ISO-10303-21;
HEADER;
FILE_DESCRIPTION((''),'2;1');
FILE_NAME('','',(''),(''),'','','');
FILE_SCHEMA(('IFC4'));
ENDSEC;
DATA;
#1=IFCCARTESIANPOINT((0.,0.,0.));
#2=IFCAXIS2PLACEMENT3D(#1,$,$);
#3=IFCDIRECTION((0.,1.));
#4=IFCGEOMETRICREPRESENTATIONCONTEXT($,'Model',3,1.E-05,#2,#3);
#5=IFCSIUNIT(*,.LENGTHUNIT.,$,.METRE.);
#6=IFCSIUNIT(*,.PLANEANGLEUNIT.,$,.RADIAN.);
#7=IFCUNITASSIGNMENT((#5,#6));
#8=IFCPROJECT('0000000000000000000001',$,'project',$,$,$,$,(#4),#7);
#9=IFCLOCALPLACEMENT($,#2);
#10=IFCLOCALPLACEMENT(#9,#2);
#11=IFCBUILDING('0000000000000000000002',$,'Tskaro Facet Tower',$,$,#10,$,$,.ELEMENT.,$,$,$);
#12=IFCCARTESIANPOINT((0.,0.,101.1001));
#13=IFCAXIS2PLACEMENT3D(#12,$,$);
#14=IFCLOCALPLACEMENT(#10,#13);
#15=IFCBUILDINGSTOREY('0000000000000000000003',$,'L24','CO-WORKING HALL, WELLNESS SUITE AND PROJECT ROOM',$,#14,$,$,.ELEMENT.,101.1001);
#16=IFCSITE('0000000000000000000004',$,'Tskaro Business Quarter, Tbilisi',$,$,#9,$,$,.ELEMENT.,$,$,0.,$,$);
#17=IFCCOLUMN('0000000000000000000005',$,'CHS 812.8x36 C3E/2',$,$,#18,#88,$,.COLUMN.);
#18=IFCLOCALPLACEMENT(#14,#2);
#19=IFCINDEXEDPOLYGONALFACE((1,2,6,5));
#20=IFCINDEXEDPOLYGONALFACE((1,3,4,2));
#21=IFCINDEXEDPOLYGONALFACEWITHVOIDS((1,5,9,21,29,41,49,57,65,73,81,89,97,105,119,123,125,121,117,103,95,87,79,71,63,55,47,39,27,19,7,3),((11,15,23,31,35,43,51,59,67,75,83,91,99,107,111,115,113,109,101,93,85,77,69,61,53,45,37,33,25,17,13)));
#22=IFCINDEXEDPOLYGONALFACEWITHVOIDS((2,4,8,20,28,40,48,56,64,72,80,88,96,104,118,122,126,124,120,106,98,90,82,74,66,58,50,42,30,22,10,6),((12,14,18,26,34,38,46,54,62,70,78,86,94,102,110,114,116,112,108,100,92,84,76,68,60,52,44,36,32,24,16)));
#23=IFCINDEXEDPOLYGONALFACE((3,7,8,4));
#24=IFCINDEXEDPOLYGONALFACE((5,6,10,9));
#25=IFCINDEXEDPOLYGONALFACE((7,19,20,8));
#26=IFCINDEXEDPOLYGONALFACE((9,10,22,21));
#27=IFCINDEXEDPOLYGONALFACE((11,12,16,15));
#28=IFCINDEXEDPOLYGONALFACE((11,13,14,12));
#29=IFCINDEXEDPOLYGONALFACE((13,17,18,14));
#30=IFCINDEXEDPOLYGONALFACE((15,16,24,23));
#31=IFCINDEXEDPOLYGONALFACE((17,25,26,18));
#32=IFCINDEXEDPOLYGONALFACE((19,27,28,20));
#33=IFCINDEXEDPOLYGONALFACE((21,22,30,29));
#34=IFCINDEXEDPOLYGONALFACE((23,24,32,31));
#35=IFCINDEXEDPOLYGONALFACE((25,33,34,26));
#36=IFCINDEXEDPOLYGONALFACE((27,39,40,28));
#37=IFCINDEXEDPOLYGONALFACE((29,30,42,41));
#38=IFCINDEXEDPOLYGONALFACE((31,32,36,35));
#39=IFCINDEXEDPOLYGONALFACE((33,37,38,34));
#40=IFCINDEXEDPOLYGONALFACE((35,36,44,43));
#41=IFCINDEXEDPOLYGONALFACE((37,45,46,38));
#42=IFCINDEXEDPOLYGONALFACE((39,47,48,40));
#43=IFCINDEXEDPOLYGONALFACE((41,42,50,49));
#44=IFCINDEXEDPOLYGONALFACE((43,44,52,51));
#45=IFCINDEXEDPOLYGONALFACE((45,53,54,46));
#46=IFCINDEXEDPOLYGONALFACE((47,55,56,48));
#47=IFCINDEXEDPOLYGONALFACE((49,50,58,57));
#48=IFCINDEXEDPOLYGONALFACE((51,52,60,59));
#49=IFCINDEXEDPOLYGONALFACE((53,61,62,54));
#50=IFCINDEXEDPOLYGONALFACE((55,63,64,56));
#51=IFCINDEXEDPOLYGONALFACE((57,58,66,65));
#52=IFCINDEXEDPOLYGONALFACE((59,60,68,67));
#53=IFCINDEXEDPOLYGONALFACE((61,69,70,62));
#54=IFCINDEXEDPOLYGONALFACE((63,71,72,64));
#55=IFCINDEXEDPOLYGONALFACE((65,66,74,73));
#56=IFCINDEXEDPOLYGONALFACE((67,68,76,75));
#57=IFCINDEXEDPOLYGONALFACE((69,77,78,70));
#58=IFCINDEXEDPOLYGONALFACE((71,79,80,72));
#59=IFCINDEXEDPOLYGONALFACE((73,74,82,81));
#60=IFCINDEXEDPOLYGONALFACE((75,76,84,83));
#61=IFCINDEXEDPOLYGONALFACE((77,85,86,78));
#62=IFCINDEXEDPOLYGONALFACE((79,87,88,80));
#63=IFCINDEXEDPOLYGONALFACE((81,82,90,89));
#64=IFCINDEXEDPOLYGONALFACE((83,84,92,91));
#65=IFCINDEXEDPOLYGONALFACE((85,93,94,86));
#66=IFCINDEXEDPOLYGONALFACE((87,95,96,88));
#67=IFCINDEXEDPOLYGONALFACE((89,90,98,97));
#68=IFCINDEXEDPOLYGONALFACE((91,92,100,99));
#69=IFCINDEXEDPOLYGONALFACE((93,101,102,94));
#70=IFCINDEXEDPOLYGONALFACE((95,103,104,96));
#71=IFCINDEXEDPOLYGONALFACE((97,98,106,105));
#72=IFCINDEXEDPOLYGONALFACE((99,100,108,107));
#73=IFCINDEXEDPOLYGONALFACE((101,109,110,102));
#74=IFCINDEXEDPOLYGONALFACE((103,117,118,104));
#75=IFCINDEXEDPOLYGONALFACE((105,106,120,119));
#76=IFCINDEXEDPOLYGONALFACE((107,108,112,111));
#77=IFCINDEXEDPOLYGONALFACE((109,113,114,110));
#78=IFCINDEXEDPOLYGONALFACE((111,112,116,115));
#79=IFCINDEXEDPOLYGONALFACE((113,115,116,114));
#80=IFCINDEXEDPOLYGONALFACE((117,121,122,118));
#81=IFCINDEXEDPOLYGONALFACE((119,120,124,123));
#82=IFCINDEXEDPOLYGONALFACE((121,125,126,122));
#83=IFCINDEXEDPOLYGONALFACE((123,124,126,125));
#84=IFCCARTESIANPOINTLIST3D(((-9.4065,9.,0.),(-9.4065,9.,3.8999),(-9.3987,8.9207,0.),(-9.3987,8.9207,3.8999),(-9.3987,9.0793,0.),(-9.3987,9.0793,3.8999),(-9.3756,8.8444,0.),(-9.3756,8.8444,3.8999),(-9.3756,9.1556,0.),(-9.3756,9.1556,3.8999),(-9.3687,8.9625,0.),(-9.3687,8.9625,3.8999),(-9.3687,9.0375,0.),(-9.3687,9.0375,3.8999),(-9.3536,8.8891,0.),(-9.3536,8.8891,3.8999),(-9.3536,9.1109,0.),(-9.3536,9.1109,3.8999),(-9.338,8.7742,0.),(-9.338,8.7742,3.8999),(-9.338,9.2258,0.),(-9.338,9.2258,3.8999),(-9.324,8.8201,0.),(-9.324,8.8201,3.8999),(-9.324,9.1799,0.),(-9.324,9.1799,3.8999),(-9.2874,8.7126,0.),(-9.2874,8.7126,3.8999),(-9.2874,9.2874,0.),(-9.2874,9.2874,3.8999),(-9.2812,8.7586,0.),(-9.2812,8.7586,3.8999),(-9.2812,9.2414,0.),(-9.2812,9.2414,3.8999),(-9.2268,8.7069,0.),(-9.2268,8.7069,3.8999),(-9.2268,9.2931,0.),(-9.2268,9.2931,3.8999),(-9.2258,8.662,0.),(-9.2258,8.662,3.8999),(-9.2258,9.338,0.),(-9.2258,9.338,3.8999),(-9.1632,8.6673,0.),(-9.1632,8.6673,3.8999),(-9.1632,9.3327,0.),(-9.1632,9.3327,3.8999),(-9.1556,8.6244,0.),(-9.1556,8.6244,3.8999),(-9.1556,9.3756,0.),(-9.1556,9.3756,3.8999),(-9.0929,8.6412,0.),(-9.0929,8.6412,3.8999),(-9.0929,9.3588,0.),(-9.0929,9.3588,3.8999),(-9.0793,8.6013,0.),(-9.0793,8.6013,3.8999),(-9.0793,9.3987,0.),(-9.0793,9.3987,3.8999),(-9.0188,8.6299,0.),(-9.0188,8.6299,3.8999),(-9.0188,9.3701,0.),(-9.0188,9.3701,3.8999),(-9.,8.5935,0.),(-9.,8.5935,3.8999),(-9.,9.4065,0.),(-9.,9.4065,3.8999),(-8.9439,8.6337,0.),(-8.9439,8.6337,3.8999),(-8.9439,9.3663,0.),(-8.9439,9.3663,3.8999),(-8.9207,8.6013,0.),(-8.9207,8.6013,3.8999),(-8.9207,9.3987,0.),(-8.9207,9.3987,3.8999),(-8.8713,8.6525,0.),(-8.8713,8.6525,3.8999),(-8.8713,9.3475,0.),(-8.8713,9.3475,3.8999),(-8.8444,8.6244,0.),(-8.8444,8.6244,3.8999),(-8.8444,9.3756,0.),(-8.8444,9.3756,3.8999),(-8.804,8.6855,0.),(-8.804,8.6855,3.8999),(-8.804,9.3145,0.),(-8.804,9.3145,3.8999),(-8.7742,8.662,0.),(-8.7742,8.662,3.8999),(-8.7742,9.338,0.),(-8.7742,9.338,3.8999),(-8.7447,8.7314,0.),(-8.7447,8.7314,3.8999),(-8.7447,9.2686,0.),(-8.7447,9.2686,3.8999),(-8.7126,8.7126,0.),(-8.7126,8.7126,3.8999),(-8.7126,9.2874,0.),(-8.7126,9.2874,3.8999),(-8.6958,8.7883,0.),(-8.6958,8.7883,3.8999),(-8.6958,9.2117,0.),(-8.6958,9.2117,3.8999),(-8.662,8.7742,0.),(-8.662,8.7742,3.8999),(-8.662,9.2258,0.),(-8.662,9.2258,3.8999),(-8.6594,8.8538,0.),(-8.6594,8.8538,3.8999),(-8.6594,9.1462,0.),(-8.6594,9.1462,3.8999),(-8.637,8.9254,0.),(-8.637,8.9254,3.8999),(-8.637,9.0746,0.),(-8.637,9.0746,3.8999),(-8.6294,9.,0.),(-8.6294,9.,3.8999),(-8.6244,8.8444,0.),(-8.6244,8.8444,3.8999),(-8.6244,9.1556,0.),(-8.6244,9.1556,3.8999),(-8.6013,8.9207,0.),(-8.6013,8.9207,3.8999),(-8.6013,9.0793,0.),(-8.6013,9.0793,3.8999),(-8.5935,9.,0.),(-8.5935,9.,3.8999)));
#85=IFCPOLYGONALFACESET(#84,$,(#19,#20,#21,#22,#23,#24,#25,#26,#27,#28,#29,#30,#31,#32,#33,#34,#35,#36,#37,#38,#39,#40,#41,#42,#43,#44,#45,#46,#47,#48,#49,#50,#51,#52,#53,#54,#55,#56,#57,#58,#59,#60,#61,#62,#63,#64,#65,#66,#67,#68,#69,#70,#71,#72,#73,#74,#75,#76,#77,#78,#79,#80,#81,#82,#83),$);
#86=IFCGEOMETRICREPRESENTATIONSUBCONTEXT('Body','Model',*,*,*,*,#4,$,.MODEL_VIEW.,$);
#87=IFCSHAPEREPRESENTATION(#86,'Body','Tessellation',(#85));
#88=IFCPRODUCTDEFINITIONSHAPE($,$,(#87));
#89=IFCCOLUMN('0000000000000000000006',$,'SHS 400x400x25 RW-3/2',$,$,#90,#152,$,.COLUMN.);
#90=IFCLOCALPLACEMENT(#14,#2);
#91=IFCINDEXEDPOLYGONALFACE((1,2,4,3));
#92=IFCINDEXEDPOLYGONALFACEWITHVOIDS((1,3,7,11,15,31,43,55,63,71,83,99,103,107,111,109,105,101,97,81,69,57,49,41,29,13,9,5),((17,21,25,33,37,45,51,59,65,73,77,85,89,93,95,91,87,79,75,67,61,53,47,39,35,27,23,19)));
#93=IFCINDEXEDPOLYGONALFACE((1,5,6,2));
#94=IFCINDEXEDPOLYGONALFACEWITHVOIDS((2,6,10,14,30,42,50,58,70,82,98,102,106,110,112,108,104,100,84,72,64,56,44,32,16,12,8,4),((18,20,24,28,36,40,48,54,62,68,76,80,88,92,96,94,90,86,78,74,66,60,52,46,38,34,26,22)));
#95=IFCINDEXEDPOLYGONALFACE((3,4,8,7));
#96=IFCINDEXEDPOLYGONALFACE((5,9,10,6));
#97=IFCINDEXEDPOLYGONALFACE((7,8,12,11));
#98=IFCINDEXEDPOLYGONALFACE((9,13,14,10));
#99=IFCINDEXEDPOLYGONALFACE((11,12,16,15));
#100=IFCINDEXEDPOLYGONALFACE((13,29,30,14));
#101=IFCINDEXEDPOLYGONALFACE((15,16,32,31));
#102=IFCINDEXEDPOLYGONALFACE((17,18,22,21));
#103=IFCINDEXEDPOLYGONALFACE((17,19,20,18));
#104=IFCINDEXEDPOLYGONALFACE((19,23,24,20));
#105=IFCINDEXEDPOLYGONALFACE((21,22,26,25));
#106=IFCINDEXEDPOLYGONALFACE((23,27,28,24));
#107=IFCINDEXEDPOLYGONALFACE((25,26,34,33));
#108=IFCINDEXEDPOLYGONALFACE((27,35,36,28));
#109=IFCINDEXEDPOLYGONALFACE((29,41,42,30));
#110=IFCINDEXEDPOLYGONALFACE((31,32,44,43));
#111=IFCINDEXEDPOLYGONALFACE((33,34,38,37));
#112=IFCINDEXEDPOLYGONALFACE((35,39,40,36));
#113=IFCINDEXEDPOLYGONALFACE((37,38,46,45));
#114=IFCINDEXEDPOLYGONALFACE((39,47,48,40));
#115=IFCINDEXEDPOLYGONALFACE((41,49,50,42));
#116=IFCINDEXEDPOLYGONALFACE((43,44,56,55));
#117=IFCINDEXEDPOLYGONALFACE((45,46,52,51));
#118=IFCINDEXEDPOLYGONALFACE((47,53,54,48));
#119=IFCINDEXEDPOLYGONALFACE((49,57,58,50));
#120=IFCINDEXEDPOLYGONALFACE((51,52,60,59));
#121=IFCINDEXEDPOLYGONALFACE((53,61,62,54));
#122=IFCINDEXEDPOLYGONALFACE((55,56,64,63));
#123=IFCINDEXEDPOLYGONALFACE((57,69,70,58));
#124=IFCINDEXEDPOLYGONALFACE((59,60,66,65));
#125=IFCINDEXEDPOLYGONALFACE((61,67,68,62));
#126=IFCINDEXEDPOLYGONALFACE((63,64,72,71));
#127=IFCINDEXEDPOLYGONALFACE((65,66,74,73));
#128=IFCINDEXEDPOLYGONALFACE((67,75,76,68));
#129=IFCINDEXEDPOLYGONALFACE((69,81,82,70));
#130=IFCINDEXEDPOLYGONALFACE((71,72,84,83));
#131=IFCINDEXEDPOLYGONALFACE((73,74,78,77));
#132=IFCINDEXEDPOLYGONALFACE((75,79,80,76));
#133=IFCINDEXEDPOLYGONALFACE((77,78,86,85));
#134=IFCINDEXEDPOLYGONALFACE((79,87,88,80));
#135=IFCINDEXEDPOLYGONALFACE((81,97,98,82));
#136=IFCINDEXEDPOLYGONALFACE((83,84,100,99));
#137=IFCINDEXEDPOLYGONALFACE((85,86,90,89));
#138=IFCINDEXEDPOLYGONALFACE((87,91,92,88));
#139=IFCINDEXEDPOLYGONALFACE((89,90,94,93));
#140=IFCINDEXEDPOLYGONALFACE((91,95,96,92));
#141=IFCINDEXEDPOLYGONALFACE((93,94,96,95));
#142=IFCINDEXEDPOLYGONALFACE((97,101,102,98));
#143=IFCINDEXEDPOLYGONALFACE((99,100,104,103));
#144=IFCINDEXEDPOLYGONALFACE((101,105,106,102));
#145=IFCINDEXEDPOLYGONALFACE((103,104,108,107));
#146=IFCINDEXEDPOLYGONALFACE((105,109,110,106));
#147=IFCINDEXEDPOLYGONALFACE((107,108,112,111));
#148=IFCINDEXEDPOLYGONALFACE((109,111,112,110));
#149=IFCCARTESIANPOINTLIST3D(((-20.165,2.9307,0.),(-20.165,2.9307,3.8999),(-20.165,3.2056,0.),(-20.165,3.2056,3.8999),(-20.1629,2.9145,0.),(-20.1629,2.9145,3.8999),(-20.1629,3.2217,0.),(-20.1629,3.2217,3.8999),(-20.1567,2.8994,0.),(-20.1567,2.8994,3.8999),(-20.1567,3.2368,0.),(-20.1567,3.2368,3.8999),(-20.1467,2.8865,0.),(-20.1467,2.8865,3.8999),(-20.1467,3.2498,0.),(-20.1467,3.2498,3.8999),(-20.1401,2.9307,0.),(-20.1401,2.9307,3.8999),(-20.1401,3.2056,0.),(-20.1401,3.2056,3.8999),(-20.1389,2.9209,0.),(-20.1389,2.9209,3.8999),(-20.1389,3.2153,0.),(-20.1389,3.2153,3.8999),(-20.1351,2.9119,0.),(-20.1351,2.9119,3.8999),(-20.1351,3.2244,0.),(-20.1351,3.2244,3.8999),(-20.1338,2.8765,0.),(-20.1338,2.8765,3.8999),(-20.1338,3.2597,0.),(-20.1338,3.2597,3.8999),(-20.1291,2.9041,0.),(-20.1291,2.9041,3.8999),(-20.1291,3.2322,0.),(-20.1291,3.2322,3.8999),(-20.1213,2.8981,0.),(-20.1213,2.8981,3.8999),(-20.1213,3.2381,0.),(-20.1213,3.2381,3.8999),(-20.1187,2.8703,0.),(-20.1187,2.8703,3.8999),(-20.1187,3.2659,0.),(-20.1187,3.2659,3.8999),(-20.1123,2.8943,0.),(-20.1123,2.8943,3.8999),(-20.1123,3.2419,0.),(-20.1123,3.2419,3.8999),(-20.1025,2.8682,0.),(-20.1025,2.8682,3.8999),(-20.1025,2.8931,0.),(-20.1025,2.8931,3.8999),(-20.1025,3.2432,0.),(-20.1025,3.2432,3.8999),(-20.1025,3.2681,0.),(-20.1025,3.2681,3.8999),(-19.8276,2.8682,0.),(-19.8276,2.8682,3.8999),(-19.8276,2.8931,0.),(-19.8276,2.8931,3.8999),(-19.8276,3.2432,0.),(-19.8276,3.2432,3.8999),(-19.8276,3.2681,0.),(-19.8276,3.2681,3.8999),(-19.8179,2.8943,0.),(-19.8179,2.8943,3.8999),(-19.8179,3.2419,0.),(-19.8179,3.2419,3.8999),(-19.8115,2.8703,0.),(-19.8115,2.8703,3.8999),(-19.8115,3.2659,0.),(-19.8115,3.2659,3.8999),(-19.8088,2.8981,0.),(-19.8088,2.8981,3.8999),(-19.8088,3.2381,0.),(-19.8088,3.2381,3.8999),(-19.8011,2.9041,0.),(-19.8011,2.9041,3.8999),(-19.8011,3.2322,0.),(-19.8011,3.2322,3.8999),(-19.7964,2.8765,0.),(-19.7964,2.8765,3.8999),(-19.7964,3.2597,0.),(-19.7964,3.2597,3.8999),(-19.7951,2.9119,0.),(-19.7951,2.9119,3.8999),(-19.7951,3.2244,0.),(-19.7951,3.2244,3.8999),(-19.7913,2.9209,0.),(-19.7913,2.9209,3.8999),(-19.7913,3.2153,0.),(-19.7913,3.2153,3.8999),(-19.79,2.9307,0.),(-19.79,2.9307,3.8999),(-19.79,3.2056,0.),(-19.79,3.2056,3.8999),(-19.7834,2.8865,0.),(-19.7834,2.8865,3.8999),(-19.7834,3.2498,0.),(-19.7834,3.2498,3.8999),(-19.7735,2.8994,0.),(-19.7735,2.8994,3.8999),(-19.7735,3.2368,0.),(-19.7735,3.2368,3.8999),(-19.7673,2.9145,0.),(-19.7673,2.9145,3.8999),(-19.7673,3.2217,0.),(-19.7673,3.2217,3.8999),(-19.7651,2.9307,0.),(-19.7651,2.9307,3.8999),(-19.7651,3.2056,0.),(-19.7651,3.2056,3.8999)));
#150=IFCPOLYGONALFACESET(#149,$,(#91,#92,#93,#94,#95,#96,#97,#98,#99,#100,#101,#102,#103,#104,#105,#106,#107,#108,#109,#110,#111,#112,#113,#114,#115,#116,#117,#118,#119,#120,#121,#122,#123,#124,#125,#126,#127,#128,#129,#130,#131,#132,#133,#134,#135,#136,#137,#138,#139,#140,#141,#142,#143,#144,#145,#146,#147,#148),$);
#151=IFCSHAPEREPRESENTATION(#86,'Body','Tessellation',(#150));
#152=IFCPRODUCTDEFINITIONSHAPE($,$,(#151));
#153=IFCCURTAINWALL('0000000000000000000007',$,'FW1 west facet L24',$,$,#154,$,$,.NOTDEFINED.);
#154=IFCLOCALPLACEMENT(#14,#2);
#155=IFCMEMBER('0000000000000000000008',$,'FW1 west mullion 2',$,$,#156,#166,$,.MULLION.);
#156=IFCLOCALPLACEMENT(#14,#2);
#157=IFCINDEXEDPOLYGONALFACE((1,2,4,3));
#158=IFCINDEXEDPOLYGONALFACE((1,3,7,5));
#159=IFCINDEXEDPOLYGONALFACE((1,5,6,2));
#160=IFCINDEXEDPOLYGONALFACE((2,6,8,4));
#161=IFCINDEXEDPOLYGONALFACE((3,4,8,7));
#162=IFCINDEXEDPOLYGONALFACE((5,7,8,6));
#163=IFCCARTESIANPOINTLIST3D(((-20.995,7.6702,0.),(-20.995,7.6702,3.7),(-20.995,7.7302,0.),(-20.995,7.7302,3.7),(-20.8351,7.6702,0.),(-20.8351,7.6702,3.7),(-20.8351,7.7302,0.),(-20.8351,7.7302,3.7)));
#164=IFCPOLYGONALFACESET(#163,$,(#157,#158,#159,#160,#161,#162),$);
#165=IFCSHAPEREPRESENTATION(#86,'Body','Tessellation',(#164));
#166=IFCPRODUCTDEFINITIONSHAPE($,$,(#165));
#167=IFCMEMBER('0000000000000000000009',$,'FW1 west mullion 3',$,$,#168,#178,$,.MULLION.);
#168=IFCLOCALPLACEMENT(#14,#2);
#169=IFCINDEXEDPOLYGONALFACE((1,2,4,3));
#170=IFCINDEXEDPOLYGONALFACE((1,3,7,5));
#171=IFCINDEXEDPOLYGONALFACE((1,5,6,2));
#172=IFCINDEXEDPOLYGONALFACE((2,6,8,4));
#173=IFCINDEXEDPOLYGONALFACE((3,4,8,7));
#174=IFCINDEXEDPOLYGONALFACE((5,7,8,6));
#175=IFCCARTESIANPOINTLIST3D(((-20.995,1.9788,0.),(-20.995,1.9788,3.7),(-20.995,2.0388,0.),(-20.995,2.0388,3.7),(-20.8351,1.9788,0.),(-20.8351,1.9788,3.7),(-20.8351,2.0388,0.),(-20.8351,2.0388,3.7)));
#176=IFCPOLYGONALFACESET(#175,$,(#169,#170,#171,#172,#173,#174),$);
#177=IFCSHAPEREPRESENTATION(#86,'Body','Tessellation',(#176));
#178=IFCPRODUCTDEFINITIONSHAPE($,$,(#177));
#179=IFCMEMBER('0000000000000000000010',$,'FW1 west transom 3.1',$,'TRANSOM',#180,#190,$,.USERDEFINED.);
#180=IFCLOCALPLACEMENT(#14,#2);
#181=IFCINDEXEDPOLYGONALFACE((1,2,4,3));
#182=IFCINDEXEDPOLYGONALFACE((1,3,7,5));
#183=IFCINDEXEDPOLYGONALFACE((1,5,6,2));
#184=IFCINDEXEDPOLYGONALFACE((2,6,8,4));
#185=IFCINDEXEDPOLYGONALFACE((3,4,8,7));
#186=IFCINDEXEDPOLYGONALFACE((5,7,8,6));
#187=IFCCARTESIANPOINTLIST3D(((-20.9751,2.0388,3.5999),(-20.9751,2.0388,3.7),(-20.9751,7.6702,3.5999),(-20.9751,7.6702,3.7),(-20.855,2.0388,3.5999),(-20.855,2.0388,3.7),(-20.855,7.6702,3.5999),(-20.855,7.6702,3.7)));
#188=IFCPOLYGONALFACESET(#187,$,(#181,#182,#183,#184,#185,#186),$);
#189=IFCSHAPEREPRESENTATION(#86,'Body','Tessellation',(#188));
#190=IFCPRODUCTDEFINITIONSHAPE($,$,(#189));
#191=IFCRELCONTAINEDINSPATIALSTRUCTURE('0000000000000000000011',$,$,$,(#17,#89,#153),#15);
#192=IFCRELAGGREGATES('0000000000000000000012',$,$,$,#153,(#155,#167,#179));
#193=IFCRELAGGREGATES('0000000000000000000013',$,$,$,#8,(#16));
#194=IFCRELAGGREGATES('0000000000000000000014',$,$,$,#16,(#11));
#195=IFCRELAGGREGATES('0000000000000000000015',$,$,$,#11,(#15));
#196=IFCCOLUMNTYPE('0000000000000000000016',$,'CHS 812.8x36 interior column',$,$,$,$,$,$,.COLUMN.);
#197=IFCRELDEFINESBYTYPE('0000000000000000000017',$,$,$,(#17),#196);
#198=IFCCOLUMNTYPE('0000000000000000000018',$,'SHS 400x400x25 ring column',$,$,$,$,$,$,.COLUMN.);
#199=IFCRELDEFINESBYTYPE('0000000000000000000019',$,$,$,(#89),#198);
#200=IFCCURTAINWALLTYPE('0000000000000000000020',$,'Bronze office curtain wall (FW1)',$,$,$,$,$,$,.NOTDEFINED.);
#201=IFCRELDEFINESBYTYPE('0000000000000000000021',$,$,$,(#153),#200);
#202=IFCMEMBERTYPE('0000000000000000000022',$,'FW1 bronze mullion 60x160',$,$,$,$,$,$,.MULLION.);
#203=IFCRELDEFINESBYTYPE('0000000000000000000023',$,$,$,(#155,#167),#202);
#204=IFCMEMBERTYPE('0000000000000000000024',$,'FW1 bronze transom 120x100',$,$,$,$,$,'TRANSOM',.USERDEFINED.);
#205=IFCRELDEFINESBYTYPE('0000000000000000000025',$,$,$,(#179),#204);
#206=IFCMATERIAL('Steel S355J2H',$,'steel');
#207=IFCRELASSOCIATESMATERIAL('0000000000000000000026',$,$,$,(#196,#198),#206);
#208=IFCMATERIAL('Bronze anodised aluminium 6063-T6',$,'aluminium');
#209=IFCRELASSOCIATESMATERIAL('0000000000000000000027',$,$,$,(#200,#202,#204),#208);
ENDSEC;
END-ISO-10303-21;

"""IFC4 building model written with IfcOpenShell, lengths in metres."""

from ifc_helpers import new_model, si_unit, direction, frame, origin, origin_2d, place, context, subcontext, project, spatial, rectangle, hollow_rectangle, hollow_circle, extrude, material, material_profile, profile_set, type_object, element, aggregate, save


model = new_model("IFC4")

# Units and contexts
model_context = context("Model", 3, precision=1e-05, world=origin(), true_north=direction((0.0, 1.0)))
body_context = subcontext(model_context, "Body", "Model", "MODEL_VIEW")
ifc_project = project(units=[si_unit("LENGTHUNIT", "METRE"), si_unit("PLANEANGLEUNIT", "RADIAN")], contexts=[model_context])

# Site, building, storey
site_placement = place(None, origin())
site = spatial("IfcSite", under=ifc_project, at=site_placement, Name="Tskaro Business Quarter, Tbilisi", CompositionType="ELEMENT", RefElevation=0.0)
building_placement = place(site_placement, origin())
building = spatial("IfcBuilding", under=site, at=building_placement, Name="Tskaro Facet Tower", CompositionType="ELEMENT")
storey_placement = place(building_placement, frame((0.0, 0.0, 101.1001)))
storey = spatial("IfcBuildingStorey", under=building, at=storey_placement, Name="L24", Description="CO-WORKING HALL, WELLNESS SUITE AND PROJECT ROOM", CompositionType="ELEMENT", Elevation=101.1001)

# Columns
ifc_material_1 = material(Name="Steel S355J2H", Category="steel")
ifc_material_profile_1 = material_profile(ifc_material_1, hollow_circle(Radius=0.4065, WallThickness=0.0359, at=origin_2d()), Name="CHS 812.8x36")
ifc_profile_set_1 = profile_set([ifc_material_profile_1], Name="Steel S355J2H")
column_type_1 = type_object("IfcColumnType", Name="CHS 812.8x36 interior column", PredefinedType="COLUMN", material=ifc_profile_set_1)
column_1_placement = place(storey_placement, frame((-9.0, 9.0, 0.0), z_axis=(0.0, 0.0, 1.0), x_axis=(1.0, 0.0, 0.0)))
element("IfcColumn", 1, at=column_1_placement, inside=storey, type_object=column_type_1, Name="CHS 812.8x36 C3E/2", PredefinedType="COLUMN", context=body_context, shape_type="SweptSolid", body=[
    extrude(hollow_circle(Radius=0.4065, WallThickness=0.0359, at=origin_2d()), origin(), (0.0, 0.0, 1.0), 3.8999),
])
ifc_material_profile_2 = material_profile(ifc_material_1, hollow_rectangle(XDim=0.3999, YDim=0.3999, WallThickness=0.0249, InnerFilletRadius=0.0376, OuterFilletRadius=0.0625, at=origin_2d()), Name="SHS 400x400x25")
ifc_profile_set_2 = profile_set([ifc_material_profile_2], Name="Steel S355J2H")
column_type_2 = type_object("IfcColumnType", Name="SHS 400x400x25 ring column", PredefinedType="COLUMN", material=ifc_profile_set_2)
column_2_placement = place(storey_placement, frame((-19.9651, 3.0681, 0.0), z_axis=(0.0, 0.0, 1.0), x_axis=(1.0, 0.0, 0.0)))
element("IfcColumn", 2, at=column_2_placement, inside=storey, type_object=column_type_2, Name="SHS 400x400x25 RW-3/2", PredefinedType="COLUMN", context=body_context, shape_type="SweptSolid", body=[
    extrude(hollow_rectangle(XDim=0.3999, YDim=0.3999, WallThickness=0.0249, InnerFilletRadius=0.0376, OuterFilletRadius=0.0625, at=origin_2d()), origin(), (0.0, 0.0, 1.0), 3.8999),
])

# Curtain wall, members
ifc_material_2 = material(Name="Bronze anodised aluminium 6063-T6", Category="aluminium")
curtain_wall_type = type_object("IfcCurtainWallType", Name="Bronze office curtain wall (FW1)", PredefinedType="NOTDEFINED", material=ifc_material_2)
curtain_wall_placement = place(storey_placement, origin())
curtain_wall = element("IfcCurtainWall", 3, at=curtain_wall_placement, inside=storey, type_object=curtain_wall_type, Name="FW1 west facet L24", PredefinedType="NOTDEFINED")
ifc_material_profile_3 = material_profile(ifc_material_2, rectangle(XDim=0.0601, YDim=0.1599, at=origin_2d()), Name="Mullion 60x160")
ifc_profile_set_3 = profile_set([ifc_material_profile_3], Name="Bronze anodised aluminium 6063-T6")
member_type_1 = type_object("IfcMemberType", Name="FW1 bronze mullion 60x160", PredefinedType="MULLION", material=ifc_profile_set_3)
member_1_placement = place(storey_placement, frame((-20.915, 7.7002, 0.0), z_axis=(0.0, 0.0, 1.0), x_axis=(0.0, -1.0, 0.0)))
member_1 = element("IfcMember", 4, at=member_1_placement, type_object=member_type_1, Name="FW1 west mullion 2", PredefinedType="MULLION", context=body_context, shape_type="SweptSolid", body=[
    extrude(rectangle(XDim=0.0601, YDim=0.1599, at=origin_2d()), origin(), (0.0, 0.0, 1.0), 3.7),
])
member_2_placement = place(storey_placement, frame((-20.915, 2.0088, 0.0), z_axis=(0.0, 0.0, 1.0), x_axis=(0.0, -1.0, 0.0)))
member_2 = element("IfcMember", 5, at=member_2_placement, type_object=member_type_1, Name="FW1 west mullion 3", PredefinedType="MULLION", context=body_context, shape_type="SweptSolid", body=[
    extrude(rectangle(XDim=0.0601, YDim=0.1599, at=origin_2d()), origin(), (0.0, 0.0, 1.0), 3.7),
])
ifc_material_profile_4 = material_profile(ifc_material_2, rectangle(XDim=0.1201, YDim=0.1001, at=origin_2d()), Name="Transom 120x100")
ifc_profile_set_4 = profile_set([ifc_material_profile_4], Name="Bronze anodised aluminium 6063-T6")
member_type_2 = type_object("IfcMemberType", Name="FW1 bronze transom 120x100", ElementType="TRANSOM", PredefinedType="USERDEFINED", material=ifc_profile_set_4)
member_3_placement = place(storey_placement, frame((-20.915, 7.6702, 3.6499), z_axis=(0.0, -1.0, 0.0), x_axis=(1.0, 0.0, 0.0)))
member_3 = element("IfcMember", 6, at=member_3_placement, type_object=member_type_2, Name="FW1 west transom 3.1", ObjectType="TRANSOM", PredefinedType="USERDEFINED", context=body_context, shape_type="SweptSolid", body=[
    extrude(rectangle(XDim=0.1201, YDim=0.1001, at=origin_2d()), origin(), (0.0, 0.0, 1.0), 5.6313),
])

aggregate(curtain_wall, [member_1, member_2, member_3])

save(model, "model.ifc")
